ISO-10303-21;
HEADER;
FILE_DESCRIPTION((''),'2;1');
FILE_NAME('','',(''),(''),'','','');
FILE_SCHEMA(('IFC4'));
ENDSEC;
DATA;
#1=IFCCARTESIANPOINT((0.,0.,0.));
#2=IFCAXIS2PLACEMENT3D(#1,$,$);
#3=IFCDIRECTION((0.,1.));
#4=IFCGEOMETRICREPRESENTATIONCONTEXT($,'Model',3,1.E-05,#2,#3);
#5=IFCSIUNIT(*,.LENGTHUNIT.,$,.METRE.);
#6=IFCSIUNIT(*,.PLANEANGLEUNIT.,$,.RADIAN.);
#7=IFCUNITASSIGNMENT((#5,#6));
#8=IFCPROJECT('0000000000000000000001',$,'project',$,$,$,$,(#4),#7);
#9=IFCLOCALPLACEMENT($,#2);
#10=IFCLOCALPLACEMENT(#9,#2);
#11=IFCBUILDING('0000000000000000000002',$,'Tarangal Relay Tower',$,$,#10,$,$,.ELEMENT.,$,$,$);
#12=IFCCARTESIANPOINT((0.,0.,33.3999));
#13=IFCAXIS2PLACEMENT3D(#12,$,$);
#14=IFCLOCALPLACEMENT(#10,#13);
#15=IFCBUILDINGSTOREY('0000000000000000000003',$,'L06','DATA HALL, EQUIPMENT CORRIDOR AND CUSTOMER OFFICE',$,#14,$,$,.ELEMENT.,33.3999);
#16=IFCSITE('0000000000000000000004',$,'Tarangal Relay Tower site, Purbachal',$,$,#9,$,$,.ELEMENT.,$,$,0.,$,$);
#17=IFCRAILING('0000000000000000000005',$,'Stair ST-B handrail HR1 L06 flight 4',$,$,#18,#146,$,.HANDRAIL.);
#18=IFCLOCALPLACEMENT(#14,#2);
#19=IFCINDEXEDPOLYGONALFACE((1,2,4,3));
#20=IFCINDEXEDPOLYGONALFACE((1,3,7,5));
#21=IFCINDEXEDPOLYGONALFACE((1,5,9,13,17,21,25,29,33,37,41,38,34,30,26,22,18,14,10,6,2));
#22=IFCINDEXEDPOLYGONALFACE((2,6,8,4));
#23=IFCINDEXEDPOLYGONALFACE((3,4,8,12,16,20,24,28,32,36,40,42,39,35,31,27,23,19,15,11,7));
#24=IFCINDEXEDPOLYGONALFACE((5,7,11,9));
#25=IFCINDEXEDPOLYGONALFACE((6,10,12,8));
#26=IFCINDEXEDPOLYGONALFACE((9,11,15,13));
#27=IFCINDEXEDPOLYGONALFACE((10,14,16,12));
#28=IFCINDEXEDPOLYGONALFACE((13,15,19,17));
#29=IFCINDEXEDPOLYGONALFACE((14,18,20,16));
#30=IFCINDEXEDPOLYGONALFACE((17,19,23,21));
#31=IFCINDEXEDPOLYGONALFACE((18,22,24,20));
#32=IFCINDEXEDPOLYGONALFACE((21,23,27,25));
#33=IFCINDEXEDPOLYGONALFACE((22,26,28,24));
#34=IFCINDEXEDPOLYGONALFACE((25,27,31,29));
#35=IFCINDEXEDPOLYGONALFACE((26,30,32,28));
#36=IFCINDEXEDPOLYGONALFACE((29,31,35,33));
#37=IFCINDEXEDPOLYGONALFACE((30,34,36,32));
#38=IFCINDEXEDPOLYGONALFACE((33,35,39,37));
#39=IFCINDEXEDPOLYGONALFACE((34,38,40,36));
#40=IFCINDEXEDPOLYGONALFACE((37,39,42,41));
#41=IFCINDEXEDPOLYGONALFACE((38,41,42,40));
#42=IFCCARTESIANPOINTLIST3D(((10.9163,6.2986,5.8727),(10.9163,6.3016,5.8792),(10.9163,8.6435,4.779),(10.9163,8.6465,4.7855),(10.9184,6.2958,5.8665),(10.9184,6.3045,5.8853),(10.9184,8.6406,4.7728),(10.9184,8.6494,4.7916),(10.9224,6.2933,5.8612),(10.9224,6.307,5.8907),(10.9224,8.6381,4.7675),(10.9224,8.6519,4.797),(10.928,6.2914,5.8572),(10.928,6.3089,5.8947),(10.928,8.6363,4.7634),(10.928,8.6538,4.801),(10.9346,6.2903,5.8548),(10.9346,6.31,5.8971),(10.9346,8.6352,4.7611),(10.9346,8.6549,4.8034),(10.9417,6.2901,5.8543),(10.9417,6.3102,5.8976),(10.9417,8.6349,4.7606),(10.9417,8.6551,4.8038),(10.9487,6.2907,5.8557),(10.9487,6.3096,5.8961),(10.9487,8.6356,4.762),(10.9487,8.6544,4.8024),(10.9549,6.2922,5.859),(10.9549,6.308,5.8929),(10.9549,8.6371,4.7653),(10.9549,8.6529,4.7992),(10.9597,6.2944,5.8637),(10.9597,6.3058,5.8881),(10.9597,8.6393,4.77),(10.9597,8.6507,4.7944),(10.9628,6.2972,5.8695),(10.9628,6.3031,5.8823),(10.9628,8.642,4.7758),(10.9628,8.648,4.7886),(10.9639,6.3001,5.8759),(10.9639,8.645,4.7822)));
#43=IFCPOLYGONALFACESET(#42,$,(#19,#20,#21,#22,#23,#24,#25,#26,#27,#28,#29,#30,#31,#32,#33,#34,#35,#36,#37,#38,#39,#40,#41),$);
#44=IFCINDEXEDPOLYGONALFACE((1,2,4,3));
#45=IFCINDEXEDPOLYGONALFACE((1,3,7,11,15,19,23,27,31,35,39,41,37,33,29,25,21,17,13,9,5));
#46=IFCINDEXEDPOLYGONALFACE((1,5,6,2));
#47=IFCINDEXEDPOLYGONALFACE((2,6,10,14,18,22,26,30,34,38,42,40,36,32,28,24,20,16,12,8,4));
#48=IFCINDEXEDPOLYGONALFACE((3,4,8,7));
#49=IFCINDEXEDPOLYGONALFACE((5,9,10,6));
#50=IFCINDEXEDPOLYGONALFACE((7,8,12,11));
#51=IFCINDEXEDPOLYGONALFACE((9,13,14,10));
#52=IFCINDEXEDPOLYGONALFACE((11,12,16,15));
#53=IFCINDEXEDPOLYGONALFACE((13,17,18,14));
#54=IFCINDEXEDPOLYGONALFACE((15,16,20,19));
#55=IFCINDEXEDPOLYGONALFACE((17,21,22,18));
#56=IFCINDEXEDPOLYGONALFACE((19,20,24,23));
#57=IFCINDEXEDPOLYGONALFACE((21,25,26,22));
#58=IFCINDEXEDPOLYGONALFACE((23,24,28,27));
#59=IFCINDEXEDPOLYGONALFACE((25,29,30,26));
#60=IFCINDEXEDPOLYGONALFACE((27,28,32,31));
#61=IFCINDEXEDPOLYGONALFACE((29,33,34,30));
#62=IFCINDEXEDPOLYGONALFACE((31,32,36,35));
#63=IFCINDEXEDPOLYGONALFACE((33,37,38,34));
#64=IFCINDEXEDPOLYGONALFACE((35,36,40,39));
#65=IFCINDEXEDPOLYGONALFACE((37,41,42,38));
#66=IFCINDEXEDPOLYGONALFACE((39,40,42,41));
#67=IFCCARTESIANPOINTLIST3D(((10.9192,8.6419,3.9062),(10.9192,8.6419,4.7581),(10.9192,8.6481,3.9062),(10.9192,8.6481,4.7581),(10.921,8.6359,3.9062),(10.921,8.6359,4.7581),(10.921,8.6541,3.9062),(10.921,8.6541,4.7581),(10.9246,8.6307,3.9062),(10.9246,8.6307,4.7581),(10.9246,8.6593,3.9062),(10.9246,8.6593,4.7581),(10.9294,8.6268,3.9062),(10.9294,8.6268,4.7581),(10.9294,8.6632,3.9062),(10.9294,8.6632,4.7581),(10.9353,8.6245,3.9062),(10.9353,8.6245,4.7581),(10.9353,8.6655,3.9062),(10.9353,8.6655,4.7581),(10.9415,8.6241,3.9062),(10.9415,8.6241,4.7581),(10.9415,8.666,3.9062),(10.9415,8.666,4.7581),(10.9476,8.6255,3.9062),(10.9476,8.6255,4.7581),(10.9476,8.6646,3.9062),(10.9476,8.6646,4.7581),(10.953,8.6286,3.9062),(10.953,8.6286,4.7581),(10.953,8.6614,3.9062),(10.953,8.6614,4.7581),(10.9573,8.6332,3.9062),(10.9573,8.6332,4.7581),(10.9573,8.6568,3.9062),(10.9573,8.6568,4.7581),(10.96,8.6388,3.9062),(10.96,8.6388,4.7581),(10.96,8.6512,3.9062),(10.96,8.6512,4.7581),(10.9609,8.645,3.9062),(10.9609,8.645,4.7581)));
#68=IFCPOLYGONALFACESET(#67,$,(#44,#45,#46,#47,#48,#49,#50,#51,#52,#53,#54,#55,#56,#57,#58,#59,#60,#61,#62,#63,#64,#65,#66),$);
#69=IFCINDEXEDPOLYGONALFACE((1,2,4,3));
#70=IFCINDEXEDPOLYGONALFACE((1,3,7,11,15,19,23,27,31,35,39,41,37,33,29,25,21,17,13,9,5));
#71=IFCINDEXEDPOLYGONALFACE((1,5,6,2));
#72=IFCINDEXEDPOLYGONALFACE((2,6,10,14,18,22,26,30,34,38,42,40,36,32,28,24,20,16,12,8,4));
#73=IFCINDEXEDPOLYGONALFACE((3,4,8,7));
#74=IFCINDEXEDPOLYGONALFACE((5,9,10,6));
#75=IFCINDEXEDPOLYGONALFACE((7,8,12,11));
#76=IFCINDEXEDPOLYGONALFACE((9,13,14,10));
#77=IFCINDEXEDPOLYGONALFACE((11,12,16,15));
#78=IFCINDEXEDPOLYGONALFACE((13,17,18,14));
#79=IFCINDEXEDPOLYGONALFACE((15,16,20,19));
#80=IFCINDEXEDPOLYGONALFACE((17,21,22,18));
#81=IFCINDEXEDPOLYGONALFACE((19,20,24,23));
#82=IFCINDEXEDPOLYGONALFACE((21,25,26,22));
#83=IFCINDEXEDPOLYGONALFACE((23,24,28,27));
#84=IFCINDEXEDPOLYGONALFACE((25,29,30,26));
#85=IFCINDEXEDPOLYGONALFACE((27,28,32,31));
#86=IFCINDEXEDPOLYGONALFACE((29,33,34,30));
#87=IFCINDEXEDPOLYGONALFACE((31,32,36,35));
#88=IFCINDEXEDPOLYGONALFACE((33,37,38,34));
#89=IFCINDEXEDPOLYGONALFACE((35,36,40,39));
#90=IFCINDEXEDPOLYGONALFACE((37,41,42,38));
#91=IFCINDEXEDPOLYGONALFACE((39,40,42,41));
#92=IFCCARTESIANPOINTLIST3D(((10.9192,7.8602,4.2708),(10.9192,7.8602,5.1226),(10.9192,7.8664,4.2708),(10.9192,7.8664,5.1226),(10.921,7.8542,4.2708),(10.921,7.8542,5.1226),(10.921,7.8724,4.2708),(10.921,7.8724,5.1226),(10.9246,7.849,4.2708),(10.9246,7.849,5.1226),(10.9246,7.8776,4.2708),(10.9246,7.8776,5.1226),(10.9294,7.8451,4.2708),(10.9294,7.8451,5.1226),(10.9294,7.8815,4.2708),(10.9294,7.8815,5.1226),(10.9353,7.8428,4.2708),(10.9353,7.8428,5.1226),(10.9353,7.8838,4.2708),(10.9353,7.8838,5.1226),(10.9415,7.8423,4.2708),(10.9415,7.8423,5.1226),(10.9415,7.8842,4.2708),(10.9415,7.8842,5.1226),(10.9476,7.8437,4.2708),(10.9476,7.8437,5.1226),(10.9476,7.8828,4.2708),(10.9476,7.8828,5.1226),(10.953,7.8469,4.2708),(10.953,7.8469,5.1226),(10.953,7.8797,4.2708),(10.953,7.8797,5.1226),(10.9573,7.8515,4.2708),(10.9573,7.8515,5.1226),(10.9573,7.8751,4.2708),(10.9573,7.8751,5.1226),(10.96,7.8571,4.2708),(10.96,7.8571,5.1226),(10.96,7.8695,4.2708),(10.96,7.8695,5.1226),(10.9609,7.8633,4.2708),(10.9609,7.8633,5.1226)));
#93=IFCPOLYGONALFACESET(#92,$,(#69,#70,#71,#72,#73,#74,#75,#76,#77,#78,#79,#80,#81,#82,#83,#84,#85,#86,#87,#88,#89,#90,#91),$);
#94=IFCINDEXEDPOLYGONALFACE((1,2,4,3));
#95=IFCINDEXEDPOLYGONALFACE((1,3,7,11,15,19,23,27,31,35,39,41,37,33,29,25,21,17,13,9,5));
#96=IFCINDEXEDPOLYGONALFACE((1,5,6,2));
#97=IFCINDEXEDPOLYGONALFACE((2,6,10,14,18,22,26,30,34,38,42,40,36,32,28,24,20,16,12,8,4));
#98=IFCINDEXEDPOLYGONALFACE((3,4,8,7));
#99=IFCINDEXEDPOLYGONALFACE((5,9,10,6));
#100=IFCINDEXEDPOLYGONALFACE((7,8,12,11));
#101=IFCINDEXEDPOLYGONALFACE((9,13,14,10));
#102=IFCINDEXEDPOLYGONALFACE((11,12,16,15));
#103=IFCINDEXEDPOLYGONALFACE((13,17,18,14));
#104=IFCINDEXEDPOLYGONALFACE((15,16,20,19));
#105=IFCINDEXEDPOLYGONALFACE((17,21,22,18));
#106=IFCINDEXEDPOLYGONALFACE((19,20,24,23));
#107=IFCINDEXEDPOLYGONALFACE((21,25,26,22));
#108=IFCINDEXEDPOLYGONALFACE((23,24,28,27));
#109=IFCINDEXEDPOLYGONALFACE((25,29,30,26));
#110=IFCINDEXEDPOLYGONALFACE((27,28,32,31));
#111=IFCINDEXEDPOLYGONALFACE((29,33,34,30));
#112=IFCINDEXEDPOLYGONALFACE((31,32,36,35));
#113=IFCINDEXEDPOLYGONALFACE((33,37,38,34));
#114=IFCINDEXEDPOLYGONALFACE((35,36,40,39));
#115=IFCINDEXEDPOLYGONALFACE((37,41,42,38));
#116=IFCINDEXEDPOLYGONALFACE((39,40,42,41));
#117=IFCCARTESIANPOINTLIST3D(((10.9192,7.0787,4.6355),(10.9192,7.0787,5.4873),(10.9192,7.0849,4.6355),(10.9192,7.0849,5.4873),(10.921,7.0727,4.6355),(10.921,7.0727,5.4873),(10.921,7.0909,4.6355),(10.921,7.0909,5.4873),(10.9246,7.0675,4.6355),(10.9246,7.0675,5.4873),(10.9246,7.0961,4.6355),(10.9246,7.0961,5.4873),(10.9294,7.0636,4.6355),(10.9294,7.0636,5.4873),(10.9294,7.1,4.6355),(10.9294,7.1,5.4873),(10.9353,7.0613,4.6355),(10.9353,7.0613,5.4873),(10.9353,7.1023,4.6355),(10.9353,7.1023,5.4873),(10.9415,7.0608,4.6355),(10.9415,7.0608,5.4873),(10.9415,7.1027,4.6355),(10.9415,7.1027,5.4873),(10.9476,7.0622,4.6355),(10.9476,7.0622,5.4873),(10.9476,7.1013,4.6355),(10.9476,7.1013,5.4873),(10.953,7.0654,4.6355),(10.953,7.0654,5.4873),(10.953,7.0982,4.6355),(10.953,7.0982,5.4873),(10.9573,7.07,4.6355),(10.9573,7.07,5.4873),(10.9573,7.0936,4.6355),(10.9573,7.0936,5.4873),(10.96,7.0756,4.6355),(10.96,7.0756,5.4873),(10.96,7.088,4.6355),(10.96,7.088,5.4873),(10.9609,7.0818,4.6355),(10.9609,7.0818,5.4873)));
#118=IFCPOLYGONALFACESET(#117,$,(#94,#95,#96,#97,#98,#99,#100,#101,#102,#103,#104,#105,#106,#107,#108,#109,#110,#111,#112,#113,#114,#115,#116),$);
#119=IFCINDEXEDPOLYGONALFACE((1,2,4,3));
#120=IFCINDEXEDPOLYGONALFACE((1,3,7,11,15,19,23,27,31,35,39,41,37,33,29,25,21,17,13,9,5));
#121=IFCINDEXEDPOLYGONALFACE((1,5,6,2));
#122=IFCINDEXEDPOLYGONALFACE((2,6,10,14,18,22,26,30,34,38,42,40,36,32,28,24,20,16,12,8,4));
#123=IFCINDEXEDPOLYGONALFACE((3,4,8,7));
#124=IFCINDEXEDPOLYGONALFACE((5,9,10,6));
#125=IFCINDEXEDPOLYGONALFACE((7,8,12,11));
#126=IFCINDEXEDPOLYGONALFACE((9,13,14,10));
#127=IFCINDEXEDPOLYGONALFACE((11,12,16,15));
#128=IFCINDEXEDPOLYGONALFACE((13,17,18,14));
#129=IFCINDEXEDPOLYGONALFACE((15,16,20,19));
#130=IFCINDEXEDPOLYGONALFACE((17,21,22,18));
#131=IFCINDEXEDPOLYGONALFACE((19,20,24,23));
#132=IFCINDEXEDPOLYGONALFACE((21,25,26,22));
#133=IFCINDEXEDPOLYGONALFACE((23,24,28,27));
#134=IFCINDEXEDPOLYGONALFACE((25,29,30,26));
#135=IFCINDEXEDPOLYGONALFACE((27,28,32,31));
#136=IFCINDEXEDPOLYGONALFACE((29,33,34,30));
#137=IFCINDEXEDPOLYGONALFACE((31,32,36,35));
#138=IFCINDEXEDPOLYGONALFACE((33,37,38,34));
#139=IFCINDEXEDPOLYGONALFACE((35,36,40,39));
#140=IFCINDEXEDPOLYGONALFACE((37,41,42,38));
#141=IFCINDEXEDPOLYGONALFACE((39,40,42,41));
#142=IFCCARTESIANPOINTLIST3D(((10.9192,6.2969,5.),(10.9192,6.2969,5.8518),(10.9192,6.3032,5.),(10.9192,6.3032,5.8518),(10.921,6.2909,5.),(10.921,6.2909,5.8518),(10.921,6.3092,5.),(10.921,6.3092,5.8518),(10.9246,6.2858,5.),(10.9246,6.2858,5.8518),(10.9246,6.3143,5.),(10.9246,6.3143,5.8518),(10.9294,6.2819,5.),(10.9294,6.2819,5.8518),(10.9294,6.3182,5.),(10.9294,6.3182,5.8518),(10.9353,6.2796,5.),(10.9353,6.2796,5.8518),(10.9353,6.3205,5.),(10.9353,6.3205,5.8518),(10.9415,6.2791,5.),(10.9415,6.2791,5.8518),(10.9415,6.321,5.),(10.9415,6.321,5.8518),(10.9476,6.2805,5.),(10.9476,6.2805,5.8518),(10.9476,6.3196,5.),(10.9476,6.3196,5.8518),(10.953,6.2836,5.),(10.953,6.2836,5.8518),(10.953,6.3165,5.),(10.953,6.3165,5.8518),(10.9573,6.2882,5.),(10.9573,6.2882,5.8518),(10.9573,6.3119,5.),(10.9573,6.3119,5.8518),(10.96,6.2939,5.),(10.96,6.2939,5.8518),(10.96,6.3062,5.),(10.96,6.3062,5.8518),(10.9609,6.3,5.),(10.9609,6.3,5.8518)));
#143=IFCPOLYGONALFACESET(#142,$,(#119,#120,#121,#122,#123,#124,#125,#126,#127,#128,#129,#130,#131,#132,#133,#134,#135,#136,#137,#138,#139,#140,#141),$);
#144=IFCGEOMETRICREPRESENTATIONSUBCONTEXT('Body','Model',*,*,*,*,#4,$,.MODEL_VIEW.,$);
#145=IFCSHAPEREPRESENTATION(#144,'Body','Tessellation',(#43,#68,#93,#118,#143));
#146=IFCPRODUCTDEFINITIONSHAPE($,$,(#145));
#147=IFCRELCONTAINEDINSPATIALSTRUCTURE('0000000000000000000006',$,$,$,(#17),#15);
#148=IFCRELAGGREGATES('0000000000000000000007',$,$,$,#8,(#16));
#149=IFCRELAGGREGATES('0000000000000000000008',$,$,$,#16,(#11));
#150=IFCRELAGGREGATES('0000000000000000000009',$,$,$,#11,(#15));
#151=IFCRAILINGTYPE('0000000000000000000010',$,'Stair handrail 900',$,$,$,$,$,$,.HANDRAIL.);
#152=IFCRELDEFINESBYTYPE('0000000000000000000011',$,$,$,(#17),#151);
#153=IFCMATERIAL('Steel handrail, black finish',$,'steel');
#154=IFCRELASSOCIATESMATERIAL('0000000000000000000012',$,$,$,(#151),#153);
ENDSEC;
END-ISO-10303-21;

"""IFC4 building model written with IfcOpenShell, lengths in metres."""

from ifc_helpers import new_model, si_unit, direction, frame, origin, origin_2d, place, context, subcontext, project, spatial, circle, extrude, material, type_object, element, save


model = new_model("IFC4")

# Units and contexts
model_context = context("Model", 3, precision=1e-05, world=origin(), true_north=direction((0.0, 1.0)))
body_context = subcontext(model_context, "Body", "Model", "MODEL_VIEW")
ifc_project = project(units=[si_unit("LENGTHUNIT", "METRE"), si_unit("PLANEANGLEUNIT", "RADIAN")], contexts=[model_context])

# Site, building, storey
site_placement = place(None, origin())
site = spatial("IfcSite", under=ifc_project, at=site_placement, Name="Tarangal Relay Tower site, Purbachal", CompositionType="ELEMENT", RefElevation=0.0)
building_placement = place(site_placement, origin())
building = spatial("IfcBuilding", under=site, at=building_placement, Name="Tarangal Relay Tower", CompositionType="ELEMENT")
storey_placement = place(building_placement, frame((0.0, 0.0, 33.3999)))
storey = spatial("IfcBuildingStorey", under=building, at=storey_placement, Name="L06", Description="DATA HALL, EQUIPMENT CORRIDOR AND CUSTOMER OFFICE", CompositionType="ELEMENT", Elevation=33.3999)

# Railing
ifc_material_1 = material(Name="Steel handrail, black finish", Category="steel")
railing_type_1 = type_object("IfcRailingType", Name="Stair handrail 900", PredefinedType="HANDRAIL", material=ifc_material_1)
for number, where, name in (
    (1, (10.9399, 8.645, 3.9062), "Stair ST-B handrail HR1 L06 flight 4"),
):
    element("IfcRailing", number, at=place(storey_placement, frame(where)), inside=storey, type_object=railing_type_1, Name=name, PredefinedType="HANDRAIL", context=body_context, shape_type="SweptSolid", body=[
        extrude(circle(Radius=0.0239, at=origin_2d()), frame((0.0, 0.0, 0.876), z_axis=(0.0, -0.906267, 0.422705), x_axis=(1.0, 0.0, 0.0)), (0.0, 0.0, 1.0), 2.5874),
        extrude(circle(Radius=0.021, at=origin_2d()), origin(), (0.0, 0.0, 1.0), 0.8518),
        extrude(circle(Radius=0.021, at=origin_2d()), frame((0.0, -0.7817, 0.3645)), (0.0, 0.0, 1.0), 0.8518),
        extrude(circle(Radius=0.021, at=origin_2d()), frame((0.0, -1.5632, 0.7292)), (0.0, 0.0, 1.0), 0.8518),
        extrude(circle(Radius=0.021, at=origin_2d()), frame((0.0, -2.345, 1.0938)), (0.0, 0.0, 1.0), 0.8518),
    ])

save(model, "model.ifc")
